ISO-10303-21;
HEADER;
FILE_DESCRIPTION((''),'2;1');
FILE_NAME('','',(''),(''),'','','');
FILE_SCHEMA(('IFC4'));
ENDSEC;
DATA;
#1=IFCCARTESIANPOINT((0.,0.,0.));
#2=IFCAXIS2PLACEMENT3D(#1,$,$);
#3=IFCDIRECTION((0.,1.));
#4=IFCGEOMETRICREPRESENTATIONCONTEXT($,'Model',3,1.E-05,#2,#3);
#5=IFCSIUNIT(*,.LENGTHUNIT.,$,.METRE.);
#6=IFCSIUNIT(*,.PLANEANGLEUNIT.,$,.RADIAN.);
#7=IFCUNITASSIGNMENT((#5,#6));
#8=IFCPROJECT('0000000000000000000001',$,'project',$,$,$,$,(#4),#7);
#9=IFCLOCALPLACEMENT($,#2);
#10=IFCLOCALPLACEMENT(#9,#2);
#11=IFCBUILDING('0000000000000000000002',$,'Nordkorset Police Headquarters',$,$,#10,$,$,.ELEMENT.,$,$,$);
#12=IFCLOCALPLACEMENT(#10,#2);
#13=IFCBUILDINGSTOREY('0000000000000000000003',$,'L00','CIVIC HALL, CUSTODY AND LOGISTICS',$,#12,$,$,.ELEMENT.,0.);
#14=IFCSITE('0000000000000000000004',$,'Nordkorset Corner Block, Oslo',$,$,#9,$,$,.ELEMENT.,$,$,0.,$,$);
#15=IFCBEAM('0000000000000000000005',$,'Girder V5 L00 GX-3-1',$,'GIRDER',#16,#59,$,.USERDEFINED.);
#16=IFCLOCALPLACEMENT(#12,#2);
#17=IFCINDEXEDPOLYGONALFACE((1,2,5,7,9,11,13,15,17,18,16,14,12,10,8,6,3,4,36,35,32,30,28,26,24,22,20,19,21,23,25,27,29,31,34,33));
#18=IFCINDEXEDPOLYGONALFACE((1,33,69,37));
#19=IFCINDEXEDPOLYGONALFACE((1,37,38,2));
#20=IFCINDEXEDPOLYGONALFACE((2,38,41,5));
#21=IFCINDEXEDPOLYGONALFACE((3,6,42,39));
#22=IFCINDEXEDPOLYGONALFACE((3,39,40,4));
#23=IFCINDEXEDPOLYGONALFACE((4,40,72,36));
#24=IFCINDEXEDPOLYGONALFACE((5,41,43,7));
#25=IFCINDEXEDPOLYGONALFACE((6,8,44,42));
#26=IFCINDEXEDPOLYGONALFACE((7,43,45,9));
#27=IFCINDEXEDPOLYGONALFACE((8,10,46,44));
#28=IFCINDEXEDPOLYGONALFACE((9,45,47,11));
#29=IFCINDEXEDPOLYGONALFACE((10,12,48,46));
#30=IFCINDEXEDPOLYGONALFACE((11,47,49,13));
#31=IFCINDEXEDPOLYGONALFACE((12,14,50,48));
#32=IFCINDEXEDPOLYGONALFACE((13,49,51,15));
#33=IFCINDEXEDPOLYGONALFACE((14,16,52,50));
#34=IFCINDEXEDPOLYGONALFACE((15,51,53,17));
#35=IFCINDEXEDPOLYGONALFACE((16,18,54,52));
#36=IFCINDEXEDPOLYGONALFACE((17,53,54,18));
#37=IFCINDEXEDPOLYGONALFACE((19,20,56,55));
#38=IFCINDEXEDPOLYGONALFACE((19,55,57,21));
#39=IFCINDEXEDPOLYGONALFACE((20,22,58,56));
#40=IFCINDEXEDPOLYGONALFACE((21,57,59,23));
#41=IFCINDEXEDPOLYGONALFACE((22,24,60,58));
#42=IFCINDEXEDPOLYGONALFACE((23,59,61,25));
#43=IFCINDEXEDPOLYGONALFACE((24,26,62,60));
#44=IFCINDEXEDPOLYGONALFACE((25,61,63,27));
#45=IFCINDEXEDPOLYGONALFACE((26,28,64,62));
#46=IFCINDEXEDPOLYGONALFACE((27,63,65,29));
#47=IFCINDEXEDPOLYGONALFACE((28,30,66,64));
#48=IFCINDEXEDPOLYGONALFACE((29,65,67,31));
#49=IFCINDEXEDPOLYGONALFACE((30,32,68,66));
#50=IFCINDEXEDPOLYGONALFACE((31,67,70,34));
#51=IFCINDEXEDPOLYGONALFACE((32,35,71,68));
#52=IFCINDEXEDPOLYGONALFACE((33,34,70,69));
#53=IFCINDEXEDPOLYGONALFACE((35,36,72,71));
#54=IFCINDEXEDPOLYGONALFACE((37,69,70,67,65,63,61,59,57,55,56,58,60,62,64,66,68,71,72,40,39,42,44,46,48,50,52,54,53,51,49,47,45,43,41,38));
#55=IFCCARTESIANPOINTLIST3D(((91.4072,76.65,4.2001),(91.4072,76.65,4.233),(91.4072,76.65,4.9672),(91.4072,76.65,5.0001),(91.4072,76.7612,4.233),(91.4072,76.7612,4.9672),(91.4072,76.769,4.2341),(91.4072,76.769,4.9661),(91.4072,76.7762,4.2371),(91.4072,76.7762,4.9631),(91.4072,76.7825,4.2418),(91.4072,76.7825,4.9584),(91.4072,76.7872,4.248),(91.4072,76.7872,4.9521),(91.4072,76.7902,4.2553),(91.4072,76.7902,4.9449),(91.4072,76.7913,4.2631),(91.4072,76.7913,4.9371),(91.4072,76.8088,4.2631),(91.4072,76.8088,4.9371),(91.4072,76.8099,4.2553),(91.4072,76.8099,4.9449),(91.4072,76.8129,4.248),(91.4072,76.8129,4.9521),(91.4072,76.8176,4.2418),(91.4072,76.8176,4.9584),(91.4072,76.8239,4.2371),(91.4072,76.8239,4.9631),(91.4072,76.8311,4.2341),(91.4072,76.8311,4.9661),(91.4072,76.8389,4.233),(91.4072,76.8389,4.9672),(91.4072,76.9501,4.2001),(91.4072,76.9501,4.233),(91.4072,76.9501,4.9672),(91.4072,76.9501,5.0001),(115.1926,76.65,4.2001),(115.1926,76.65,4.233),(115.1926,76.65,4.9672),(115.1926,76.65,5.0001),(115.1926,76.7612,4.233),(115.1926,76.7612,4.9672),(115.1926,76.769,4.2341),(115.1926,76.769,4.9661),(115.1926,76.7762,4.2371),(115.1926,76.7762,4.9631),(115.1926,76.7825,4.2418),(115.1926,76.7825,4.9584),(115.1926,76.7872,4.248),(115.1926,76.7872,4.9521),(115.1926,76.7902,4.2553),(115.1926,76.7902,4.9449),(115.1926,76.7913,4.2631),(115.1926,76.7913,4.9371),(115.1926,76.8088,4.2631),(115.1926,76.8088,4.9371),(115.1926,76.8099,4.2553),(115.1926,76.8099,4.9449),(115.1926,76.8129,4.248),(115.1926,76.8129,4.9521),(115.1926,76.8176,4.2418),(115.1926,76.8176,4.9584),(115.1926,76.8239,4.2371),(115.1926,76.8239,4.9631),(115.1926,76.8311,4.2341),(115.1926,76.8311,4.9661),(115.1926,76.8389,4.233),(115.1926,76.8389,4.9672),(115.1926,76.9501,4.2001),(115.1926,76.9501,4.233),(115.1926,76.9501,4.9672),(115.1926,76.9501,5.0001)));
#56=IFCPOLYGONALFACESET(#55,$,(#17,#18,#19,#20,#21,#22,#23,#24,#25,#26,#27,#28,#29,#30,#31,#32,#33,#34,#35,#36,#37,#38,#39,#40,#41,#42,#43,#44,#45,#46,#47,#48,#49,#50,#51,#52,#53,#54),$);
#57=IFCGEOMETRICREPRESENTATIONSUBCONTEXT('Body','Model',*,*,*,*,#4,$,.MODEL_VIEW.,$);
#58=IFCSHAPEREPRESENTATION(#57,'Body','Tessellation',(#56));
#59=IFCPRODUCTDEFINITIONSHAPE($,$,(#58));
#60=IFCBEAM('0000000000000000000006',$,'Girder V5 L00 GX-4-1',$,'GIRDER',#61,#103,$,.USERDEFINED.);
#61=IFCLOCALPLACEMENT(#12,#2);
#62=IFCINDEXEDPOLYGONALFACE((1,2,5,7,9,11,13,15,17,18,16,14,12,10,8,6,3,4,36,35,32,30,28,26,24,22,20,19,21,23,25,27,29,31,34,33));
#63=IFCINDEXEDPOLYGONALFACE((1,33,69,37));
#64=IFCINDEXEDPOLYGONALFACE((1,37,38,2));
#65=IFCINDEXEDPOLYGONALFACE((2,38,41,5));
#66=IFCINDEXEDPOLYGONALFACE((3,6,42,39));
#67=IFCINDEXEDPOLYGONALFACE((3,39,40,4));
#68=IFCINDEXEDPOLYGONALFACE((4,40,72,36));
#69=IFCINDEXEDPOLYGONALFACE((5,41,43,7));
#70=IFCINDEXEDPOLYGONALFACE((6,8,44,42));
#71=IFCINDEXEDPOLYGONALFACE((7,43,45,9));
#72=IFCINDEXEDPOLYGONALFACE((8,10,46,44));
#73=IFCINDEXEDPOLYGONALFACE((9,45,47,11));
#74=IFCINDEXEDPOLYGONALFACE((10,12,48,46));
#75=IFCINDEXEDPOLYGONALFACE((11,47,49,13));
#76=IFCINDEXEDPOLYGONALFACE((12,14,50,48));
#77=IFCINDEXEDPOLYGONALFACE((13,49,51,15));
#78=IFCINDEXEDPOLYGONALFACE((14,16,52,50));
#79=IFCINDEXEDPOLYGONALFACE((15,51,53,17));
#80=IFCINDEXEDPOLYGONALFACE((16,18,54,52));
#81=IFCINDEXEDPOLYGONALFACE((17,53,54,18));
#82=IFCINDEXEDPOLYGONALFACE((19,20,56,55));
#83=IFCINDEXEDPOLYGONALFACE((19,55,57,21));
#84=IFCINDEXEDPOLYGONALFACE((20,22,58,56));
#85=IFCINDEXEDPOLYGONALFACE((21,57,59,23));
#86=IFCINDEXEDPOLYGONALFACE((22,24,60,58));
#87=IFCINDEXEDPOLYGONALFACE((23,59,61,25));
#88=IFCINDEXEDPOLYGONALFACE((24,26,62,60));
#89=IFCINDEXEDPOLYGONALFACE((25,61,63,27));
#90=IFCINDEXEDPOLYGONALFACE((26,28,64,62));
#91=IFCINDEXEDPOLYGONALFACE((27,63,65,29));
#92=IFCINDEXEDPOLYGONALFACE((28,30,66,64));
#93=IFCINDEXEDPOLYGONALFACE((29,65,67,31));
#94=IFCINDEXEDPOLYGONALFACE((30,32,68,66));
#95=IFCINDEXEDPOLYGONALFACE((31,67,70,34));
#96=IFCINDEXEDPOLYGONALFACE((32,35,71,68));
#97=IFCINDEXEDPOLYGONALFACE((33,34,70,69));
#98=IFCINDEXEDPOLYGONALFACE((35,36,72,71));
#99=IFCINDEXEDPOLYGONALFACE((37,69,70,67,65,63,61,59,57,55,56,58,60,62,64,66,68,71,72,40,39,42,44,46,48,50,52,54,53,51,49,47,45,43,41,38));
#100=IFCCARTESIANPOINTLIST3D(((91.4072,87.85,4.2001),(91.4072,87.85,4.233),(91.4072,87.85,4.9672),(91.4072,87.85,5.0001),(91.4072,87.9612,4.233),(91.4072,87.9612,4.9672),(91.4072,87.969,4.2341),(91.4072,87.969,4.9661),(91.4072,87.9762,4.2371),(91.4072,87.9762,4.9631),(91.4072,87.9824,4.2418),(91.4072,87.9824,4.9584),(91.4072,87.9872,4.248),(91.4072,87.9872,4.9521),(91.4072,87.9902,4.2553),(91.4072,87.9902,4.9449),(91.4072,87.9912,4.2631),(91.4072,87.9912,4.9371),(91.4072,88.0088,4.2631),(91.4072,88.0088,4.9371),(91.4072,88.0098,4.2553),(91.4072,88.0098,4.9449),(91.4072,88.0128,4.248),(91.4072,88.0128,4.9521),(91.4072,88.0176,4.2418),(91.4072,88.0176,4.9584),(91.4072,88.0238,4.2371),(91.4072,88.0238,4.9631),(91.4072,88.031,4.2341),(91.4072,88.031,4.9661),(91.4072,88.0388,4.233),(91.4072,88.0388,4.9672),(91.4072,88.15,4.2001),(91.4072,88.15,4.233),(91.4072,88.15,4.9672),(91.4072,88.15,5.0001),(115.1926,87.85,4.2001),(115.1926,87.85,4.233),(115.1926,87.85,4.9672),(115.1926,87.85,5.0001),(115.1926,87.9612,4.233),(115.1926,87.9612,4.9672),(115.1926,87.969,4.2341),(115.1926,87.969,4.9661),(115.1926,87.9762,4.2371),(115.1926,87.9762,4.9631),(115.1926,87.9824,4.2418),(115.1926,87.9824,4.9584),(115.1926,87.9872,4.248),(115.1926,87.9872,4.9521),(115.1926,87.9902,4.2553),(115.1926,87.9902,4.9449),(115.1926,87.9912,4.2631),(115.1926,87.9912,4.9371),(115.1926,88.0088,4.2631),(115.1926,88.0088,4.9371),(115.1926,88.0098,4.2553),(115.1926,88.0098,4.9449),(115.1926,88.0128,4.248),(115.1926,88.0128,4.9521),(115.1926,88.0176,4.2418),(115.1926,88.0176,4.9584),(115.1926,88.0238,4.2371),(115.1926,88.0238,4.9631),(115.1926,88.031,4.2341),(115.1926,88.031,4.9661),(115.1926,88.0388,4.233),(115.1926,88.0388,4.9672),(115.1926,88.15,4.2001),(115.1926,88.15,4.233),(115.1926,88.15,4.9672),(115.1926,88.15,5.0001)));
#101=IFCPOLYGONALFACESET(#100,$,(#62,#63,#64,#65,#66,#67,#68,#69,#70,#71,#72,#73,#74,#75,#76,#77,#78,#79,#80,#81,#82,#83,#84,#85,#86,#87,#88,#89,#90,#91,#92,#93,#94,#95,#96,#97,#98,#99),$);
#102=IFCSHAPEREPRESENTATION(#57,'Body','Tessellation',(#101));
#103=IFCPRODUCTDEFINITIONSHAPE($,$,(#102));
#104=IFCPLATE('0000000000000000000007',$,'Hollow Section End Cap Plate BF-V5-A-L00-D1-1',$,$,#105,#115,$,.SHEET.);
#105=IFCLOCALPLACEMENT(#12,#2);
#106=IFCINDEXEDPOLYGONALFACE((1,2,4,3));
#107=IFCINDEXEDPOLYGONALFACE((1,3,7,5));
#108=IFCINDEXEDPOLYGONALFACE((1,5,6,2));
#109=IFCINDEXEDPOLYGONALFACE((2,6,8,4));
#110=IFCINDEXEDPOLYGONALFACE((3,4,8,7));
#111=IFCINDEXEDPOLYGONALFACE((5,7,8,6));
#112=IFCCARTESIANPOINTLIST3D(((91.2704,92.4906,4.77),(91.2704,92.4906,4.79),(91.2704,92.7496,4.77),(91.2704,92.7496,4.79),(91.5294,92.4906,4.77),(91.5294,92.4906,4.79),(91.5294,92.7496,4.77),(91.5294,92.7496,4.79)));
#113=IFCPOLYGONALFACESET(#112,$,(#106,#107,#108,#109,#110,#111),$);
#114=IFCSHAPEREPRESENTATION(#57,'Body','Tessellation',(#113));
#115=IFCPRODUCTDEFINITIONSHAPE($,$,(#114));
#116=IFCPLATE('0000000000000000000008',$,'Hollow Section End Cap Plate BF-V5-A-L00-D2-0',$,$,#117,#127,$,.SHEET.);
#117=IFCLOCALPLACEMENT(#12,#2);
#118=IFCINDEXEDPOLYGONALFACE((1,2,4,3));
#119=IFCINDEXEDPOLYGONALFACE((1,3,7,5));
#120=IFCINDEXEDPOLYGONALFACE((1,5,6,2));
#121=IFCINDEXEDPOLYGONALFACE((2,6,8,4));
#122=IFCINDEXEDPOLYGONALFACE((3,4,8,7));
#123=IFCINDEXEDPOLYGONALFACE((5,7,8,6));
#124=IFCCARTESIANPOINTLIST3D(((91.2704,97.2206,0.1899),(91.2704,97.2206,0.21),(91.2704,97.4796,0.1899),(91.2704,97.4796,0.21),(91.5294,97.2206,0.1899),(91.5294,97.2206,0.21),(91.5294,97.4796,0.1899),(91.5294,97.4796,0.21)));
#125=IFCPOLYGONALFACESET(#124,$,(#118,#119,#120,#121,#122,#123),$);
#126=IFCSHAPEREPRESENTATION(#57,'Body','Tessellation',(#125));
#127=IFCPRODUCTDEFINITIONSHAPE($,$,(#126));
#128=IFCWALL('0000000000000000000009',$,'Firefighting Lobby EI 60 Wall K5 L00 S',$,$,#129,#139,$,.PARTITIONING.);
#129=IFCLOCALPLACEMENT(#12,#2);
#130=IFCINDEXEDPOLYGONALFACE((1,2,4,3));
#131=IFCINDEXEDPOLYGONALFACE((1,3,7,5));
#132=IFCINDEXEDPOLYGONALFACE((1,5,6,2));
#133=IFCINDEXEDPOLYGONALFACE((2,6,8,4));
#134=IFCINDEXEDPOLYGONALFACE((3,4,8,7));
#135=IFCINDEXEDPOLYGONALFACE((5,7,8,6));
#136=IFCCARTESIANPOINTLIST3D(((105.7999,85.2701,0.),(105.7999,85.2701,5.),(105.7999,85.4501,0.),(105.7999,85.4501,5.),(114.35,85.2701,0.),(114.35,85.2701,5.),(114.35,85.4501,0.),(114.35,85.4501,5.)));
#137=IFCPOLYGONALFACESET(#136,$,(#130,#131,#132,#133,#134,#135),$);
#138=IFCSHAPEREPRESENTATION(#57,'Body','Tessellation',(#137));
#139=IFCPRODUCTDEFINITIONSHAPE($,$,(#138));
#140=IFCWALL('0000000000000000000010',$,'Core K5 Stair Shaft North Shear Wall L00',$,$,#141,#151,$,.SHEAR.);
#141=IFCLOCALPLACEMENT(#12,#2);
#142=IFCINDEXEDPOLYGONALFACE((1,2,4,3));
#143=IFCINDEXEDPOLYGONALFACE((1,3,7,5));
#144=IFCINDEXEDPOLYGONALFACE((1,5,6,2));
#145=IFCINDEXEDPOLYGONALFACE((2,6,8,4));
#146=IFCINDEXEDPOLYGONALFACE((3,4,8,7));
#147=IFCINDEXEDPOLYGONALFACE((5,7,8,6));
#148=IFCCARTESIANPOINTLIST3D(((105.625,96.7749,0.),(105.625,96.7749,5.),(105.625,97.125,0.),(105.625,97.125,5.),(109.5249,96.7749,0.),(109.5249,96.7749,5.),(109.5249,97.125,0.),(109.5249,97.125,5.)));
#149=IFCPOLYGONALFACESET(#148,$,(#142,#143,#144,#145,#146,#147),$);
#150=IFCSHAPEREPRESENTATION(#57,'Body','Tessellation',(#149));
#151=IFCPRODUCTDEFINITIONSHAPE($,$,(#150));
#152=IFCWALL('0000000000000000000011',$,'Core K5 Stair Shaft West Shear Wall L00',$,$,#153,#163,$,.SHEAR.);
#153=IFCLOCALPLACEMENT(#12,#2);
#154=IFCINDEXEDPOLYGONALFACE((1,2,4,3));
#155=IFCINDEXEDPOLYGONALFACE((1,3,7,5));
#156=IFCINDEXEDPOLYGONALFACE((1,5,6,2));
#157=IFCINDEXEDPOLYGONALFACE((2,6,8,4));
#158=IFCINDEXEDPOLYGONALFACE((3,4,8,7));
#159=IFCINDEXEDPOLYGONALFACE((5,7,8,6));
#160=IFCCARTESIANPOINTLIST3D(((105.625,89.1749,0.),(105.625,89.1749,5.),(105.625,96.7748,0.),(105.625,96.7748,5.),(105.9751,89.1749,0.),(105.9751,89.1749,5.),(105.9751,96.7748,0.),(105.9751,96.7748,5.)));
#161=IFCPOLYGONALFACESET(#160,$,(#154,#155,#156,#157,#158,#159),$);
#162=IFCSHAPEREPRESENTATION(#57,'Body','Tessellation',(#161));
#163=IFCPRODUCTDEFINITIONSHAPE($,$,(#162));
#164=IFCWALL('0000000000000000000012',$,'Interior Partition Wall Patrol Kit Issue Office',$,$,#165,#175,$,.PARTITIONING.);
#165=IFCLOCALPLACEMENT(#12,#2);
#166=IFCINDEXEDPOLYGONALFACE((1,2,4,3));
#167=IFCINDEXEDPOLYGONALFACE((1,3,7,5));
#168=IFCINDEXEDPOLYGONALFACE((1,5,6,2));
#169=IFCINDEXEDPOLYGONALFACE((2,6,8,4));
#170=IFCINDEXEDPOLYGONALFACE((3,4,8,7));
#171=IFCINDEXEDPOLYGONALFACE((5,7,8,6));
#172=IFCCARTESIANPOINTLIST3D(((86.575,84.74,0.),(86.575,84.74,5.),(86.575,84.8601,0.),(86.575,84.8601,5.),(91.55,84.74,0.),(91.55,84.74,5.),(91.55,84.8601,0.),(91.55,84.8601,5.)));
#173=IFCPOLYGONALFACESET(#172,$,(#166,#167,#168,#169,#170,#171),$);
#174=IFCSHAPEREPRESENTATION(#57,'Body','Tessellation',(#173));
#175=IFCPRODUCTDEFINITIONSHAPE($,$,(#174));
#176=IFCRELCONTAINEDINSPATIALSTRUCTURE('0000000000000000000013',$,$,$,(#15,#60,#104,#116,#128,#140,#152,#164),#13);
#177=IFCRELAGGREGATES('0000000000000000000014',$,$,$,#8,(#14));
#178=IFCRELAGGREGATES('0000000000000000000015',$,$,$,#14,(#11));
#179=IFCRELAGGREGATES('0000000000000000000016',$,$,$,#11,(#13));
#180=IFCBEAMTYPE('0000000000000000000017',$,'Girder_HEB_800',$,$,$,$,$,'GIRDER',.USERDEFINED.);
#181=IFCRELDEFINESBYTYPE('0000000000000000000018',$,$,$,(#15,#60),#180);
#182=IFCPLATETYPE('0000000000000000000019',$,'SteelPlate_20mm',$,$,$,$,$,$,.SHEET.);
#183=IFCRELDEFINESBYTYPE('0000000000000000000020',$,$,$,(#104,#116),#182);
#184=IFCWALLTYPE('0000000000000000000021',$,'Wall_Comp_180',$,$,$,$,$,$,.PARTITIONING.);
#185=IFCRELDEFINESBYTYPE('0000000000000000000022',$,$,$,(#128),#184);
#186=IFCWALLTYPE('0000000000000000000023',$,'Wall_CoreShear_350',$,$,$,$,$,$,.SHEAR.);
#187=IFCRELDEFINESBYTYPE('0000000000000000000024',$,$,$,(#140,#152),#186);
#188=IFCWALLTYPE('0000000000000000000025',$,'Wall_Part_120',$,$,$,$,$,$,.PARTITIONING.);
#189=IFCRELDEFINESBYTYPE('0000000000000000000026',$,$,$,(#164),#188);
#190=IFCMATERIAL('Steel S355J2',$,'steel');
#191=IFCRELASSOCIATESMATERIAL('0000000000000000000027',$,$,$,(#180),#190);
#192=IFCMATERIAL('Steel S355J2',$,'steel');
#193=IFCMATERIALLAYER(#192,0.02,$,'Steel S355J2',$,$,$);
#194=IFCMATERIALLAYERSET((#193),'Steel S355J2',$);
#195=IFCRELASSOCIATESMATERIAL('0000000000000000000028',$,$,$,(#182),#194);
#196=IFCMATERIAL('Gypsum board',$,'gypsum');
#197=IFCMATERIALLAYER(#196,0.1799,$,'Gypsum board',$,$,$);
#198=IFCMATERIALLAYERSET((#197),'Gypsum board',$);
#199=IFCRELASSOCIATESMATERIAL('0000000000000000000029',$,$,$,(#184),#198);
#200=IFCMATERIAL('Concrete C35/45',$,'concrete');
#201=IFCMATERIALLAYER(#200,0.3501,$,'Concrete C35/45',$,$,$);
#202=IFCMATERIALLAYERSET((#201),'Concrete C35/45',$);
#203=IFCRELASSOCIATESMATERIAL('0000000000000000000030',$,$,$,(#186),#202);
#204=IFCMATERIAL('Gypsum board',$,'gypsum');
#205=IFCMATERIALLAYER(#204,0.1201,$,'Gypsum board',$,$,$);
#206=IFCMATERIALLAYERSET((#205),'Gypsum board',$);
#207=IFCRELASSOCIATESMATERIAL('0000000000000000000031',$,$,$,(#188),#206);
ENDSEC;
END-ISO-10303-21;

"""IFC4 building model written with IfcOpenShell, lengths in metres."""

from ifc_helpers import new_model, si_unit, direction, frame, frame_2d, origin, origin_2d, place, context, subcontext, project, spatial, rectangle, i_section, extrude, material, layer, layer_set, material_profile, profile_set, type_object, element, save


model = new_model("IFC4")

# Units and contexts
model_context = context("Model", 3, precision=1e-05, world=origin(), true_north=direction((0.0, 1.0)))
body_context = subcontext(model_context, "Body", "Model", "MODEL_VIEW")
ifc_project = project(units=[si_unit("LENGTHUNIT", "METRE"), si_unit("PLANEANGLEUNIT", "RADIAN")], contexts=[model_context])

# Site, building, storey
site_placement = place(None, origin())
site = spatial("IfcSite", under=ifc_project, at=site_placement, Name="Nordkorset Corner Block, Oslo", CompositionType="ELEMENT", RefElevation=0.0)
building_placement = place(site_placement, origin())
building = spatial("IfcBuilding", under=site, at=building_placement, Name="Nordkorset Police Headquarters", CompositionType="ELEMENT")
storey_placement = place(building_placement, origin())
storey = spatial("IfcBuildingStorey", under=building, at=storey_placement, Name="L00", Description="CIVIC HALL, CUSTODY AND LOGISTICS", CompositionType="ELEMENT", Elevation=0.0)

# Beams
ifc_material_1 = material(Name="Steel S355J2", Category="steel")
ifc_material_profile_1 = material_profile(ifc_material_1, i_section(OverallWidth=0.3, OverallDepth=0.8, WebThickness=0.0176, FlangeThickness=0.033, FilletRadius=0.03, at=origin_2d()), Name="HEB 800")
ifc_profile_set_1 = profile_set([ifc_material_profile_1], Name="Steel S355J2")
beam_type_1 = type_object("IfcBeamType", Name="Girder_HEB_800", ElementType="GIRDER", PredefinedType="USERDEFINED", material=ifc_profile_set_1)
for number, where, z_axis, x_axis, name in (
    (1, (91.4072, 76.8, 4.6001), (1.0, 0.0, 0.0), (0.0, 1.0, 0.0), "Girder V5 L00 GX-3-1"),
    (2, (91.4072, 88.0, 4.6001), (1.0, 0.0, 0.0), (0.0, 1.0, 0.0), "Girder V5 L00 GX-4-1"),
):
    element("IfcBeam", number, at=place(storey_placement, frame(where, z_axis=z_axis, x_axis=x_axis)), inside=storey, type_object=beam_type_1, Name=name, ObjectType="GIRDER", PredefinedType="USERDEFINED", context=body_context, shape_type="SweptSolid", body=[
        extrude(i_section(OverallWidth=0.3, OverallDepth=0.8, WebThickness=0.0176, FlangeThickness=0.033, FilletRadius=0.03, at=origin_2d()), origin(), (0.0, 0.0, 1.0), 23.7854),
    ])

# Plates
ifc_material_2 = material(Name="Steel S355J2", Category="steel")
ifc_layer_1 = layer(ifc_material_2, 0.02, Name="Steel S355J2")
ifc_layer_set_1 = layer_set([ifc_layer_1], Name="Steel S355J2")
plate_type = type_object("IfcPlateType", Name="SteelPlate_20mm", PredefinedType="SHEET", material=ifc_layer_set_1)
for number, where, z_axis, x_axis, name in (
    (3, (91.3999, 92.6201, 4.77), (0.0, 0.0, 1.0), (1.0, 0.0, 0.0), "Hollow Section End Cap Plate BF-V5-A-L00-D1-1"),
    (4, (91.3999, 97.3501, 0.1899), (0.0, 0.0, 1.0), (1.0, 0.0, 0.0), "Hollow Section End Cap Plate BF-V5-A-L00-D2-0"),
):
    element("IfcPlate", number, at=place(storey_placement, frame(where, z_axis=z_axis, x_axis=x_axis)), inside=storey, type_object=plate_type, Name=name, PredefinedType="SHEET", context=body_context, shape_type="SweptSolid", body=[
        extrude(rectangle(XDim=0.259, YDim=0.259, at=origin_2d()), origin(), (0.0, 0.0, 1.0), 0.02),
    ])

# Wall
ifc_material_3 = material(Name="Gypsum board", Category="gypsum")
ifc_layer_2 = layer(ifc_material_3, 0.1799, Name="Gypsum board")
ifc_layer_set_2 = layer_set([ifc_layer_2], Name="Gypsum board")
wall_type_1 = type_object("IfcWallType", Name="Wall_Comp_180", PredefinedType="PARTITIONING", material=ifc_layer_set_2)
wall_1_placement = place(storey_placement, frame((105.8, 85.3601, 0.0), z_axis=(0.0, 0.0, 1.0), x_axis=(1.0, 0.0, 0.0)))
element("IfcWall", 5, at=wall_1_placement, inside=storey, type_object=wall_type_1, Name="Firefighting Lobby EI 60 Wall K5 L00 S", PredefinedType="PARTITIONING", context=body_context, shape_type="SweptSolid", body=[
    extrude(rectangle(XDim=8.55, YDim=0.1799, at=frame_2d((4.2749, 0.0))), origin(), (0.0, 0.0, 1.0), 5.0),
])

# Shared definitions
ifc_material_4 = material(Name="Concrete C35/45", Category="concrete")
ifc_layer_3 = layer(ifc_material_4, 0.3501, Name="Concrete C35/45")
ifc_layer_set_3 = layer_set([ifc_layer_3], Name="Concrete C35/45")
wall_type_2 = type_object("IfcWallType", Name="Wall_CoreShear_350", PredefinedType="SHEAR", material=ifc_layer_set_3)

# Walls
wall_2_placement = place(storey_placement, frame((105.625, 96.95, 0.0), z_axis=(0.0, 0.0, 1.0), x_axis=(1.0, 0.0, 0.0)))
element("IfcWall", 6, at=wall_2_placement, inside=storey, type_object=wall_type_2, Name="Core K5 Stair Shaft North Shear Wall L00", PredefinedType="SHEAR", context=body_context, shape_type="SweptSolid", body=[
    extrude(rectangle(XDim=3.8999, YDim=0.3501, at=frame_2d((1.95, 0.0))), origin(), (0.0, 0.0, 1.0), 5.0),
])
wall_3_placement = place(storey_placement, frame((105.8, 89.175, 0.0), z_axis=(0.0, 0.0, 1.0), x_axis=(0.0, 1.0, 0.0)))
element("IfcWall", 7, at=wall_3_placement, inside=storey, type_object=wall_type_2, Name="Core K5 Stair Shaft West Shear Wall L00", PredefinedType="SHEAR", context=body_context, shape_type="SweptSolid", body=[
    extrude(rectangle(XDim=7.5999, YDim=0.3501, at=frame_2d((3.7998, 0.0))), origin(), (0.0, 0.0, 1.0), 5.0),
])
ifc_material_5 = material(Name="Gypsum board", Category="gypsum")
ifc_layer_4 = layer(ifc_material_5, 0.1201, Name="Gypsum board")
ifc_layer_set_4 = layer_set([ifc_layer_4], Name="Gypsum board")
wall_type_3 = type_object("IfcWallType", Name="Wall_Part_120", PredefinedType="PARTITIONING", material=ifc_layer_set_4)
wall_4_placement = place(storey_placement, frame((91.55, 84.8, 0.0), z_axis=(0.0, 0.0, 1.0), x_axis=(-1.0, 0.0, 0.0)))
element("IfcWall", 8, at=wall_4_placement, inside=storey, type_object=wall_type_3, Name="Interior Partition Wall Patrol Kit Issue Office", PredefinedType="PARTITIONING", context=body_context, shape_type="SweptSolid", body=[
    extrude(rectangle(XDim=4.9751, YDim=0.1201, at=frame_2d((2.4875, 0.0))), origin(), (0.0, 0.0, 1.0), 5.0),
])

save(model, "model.ifc")
